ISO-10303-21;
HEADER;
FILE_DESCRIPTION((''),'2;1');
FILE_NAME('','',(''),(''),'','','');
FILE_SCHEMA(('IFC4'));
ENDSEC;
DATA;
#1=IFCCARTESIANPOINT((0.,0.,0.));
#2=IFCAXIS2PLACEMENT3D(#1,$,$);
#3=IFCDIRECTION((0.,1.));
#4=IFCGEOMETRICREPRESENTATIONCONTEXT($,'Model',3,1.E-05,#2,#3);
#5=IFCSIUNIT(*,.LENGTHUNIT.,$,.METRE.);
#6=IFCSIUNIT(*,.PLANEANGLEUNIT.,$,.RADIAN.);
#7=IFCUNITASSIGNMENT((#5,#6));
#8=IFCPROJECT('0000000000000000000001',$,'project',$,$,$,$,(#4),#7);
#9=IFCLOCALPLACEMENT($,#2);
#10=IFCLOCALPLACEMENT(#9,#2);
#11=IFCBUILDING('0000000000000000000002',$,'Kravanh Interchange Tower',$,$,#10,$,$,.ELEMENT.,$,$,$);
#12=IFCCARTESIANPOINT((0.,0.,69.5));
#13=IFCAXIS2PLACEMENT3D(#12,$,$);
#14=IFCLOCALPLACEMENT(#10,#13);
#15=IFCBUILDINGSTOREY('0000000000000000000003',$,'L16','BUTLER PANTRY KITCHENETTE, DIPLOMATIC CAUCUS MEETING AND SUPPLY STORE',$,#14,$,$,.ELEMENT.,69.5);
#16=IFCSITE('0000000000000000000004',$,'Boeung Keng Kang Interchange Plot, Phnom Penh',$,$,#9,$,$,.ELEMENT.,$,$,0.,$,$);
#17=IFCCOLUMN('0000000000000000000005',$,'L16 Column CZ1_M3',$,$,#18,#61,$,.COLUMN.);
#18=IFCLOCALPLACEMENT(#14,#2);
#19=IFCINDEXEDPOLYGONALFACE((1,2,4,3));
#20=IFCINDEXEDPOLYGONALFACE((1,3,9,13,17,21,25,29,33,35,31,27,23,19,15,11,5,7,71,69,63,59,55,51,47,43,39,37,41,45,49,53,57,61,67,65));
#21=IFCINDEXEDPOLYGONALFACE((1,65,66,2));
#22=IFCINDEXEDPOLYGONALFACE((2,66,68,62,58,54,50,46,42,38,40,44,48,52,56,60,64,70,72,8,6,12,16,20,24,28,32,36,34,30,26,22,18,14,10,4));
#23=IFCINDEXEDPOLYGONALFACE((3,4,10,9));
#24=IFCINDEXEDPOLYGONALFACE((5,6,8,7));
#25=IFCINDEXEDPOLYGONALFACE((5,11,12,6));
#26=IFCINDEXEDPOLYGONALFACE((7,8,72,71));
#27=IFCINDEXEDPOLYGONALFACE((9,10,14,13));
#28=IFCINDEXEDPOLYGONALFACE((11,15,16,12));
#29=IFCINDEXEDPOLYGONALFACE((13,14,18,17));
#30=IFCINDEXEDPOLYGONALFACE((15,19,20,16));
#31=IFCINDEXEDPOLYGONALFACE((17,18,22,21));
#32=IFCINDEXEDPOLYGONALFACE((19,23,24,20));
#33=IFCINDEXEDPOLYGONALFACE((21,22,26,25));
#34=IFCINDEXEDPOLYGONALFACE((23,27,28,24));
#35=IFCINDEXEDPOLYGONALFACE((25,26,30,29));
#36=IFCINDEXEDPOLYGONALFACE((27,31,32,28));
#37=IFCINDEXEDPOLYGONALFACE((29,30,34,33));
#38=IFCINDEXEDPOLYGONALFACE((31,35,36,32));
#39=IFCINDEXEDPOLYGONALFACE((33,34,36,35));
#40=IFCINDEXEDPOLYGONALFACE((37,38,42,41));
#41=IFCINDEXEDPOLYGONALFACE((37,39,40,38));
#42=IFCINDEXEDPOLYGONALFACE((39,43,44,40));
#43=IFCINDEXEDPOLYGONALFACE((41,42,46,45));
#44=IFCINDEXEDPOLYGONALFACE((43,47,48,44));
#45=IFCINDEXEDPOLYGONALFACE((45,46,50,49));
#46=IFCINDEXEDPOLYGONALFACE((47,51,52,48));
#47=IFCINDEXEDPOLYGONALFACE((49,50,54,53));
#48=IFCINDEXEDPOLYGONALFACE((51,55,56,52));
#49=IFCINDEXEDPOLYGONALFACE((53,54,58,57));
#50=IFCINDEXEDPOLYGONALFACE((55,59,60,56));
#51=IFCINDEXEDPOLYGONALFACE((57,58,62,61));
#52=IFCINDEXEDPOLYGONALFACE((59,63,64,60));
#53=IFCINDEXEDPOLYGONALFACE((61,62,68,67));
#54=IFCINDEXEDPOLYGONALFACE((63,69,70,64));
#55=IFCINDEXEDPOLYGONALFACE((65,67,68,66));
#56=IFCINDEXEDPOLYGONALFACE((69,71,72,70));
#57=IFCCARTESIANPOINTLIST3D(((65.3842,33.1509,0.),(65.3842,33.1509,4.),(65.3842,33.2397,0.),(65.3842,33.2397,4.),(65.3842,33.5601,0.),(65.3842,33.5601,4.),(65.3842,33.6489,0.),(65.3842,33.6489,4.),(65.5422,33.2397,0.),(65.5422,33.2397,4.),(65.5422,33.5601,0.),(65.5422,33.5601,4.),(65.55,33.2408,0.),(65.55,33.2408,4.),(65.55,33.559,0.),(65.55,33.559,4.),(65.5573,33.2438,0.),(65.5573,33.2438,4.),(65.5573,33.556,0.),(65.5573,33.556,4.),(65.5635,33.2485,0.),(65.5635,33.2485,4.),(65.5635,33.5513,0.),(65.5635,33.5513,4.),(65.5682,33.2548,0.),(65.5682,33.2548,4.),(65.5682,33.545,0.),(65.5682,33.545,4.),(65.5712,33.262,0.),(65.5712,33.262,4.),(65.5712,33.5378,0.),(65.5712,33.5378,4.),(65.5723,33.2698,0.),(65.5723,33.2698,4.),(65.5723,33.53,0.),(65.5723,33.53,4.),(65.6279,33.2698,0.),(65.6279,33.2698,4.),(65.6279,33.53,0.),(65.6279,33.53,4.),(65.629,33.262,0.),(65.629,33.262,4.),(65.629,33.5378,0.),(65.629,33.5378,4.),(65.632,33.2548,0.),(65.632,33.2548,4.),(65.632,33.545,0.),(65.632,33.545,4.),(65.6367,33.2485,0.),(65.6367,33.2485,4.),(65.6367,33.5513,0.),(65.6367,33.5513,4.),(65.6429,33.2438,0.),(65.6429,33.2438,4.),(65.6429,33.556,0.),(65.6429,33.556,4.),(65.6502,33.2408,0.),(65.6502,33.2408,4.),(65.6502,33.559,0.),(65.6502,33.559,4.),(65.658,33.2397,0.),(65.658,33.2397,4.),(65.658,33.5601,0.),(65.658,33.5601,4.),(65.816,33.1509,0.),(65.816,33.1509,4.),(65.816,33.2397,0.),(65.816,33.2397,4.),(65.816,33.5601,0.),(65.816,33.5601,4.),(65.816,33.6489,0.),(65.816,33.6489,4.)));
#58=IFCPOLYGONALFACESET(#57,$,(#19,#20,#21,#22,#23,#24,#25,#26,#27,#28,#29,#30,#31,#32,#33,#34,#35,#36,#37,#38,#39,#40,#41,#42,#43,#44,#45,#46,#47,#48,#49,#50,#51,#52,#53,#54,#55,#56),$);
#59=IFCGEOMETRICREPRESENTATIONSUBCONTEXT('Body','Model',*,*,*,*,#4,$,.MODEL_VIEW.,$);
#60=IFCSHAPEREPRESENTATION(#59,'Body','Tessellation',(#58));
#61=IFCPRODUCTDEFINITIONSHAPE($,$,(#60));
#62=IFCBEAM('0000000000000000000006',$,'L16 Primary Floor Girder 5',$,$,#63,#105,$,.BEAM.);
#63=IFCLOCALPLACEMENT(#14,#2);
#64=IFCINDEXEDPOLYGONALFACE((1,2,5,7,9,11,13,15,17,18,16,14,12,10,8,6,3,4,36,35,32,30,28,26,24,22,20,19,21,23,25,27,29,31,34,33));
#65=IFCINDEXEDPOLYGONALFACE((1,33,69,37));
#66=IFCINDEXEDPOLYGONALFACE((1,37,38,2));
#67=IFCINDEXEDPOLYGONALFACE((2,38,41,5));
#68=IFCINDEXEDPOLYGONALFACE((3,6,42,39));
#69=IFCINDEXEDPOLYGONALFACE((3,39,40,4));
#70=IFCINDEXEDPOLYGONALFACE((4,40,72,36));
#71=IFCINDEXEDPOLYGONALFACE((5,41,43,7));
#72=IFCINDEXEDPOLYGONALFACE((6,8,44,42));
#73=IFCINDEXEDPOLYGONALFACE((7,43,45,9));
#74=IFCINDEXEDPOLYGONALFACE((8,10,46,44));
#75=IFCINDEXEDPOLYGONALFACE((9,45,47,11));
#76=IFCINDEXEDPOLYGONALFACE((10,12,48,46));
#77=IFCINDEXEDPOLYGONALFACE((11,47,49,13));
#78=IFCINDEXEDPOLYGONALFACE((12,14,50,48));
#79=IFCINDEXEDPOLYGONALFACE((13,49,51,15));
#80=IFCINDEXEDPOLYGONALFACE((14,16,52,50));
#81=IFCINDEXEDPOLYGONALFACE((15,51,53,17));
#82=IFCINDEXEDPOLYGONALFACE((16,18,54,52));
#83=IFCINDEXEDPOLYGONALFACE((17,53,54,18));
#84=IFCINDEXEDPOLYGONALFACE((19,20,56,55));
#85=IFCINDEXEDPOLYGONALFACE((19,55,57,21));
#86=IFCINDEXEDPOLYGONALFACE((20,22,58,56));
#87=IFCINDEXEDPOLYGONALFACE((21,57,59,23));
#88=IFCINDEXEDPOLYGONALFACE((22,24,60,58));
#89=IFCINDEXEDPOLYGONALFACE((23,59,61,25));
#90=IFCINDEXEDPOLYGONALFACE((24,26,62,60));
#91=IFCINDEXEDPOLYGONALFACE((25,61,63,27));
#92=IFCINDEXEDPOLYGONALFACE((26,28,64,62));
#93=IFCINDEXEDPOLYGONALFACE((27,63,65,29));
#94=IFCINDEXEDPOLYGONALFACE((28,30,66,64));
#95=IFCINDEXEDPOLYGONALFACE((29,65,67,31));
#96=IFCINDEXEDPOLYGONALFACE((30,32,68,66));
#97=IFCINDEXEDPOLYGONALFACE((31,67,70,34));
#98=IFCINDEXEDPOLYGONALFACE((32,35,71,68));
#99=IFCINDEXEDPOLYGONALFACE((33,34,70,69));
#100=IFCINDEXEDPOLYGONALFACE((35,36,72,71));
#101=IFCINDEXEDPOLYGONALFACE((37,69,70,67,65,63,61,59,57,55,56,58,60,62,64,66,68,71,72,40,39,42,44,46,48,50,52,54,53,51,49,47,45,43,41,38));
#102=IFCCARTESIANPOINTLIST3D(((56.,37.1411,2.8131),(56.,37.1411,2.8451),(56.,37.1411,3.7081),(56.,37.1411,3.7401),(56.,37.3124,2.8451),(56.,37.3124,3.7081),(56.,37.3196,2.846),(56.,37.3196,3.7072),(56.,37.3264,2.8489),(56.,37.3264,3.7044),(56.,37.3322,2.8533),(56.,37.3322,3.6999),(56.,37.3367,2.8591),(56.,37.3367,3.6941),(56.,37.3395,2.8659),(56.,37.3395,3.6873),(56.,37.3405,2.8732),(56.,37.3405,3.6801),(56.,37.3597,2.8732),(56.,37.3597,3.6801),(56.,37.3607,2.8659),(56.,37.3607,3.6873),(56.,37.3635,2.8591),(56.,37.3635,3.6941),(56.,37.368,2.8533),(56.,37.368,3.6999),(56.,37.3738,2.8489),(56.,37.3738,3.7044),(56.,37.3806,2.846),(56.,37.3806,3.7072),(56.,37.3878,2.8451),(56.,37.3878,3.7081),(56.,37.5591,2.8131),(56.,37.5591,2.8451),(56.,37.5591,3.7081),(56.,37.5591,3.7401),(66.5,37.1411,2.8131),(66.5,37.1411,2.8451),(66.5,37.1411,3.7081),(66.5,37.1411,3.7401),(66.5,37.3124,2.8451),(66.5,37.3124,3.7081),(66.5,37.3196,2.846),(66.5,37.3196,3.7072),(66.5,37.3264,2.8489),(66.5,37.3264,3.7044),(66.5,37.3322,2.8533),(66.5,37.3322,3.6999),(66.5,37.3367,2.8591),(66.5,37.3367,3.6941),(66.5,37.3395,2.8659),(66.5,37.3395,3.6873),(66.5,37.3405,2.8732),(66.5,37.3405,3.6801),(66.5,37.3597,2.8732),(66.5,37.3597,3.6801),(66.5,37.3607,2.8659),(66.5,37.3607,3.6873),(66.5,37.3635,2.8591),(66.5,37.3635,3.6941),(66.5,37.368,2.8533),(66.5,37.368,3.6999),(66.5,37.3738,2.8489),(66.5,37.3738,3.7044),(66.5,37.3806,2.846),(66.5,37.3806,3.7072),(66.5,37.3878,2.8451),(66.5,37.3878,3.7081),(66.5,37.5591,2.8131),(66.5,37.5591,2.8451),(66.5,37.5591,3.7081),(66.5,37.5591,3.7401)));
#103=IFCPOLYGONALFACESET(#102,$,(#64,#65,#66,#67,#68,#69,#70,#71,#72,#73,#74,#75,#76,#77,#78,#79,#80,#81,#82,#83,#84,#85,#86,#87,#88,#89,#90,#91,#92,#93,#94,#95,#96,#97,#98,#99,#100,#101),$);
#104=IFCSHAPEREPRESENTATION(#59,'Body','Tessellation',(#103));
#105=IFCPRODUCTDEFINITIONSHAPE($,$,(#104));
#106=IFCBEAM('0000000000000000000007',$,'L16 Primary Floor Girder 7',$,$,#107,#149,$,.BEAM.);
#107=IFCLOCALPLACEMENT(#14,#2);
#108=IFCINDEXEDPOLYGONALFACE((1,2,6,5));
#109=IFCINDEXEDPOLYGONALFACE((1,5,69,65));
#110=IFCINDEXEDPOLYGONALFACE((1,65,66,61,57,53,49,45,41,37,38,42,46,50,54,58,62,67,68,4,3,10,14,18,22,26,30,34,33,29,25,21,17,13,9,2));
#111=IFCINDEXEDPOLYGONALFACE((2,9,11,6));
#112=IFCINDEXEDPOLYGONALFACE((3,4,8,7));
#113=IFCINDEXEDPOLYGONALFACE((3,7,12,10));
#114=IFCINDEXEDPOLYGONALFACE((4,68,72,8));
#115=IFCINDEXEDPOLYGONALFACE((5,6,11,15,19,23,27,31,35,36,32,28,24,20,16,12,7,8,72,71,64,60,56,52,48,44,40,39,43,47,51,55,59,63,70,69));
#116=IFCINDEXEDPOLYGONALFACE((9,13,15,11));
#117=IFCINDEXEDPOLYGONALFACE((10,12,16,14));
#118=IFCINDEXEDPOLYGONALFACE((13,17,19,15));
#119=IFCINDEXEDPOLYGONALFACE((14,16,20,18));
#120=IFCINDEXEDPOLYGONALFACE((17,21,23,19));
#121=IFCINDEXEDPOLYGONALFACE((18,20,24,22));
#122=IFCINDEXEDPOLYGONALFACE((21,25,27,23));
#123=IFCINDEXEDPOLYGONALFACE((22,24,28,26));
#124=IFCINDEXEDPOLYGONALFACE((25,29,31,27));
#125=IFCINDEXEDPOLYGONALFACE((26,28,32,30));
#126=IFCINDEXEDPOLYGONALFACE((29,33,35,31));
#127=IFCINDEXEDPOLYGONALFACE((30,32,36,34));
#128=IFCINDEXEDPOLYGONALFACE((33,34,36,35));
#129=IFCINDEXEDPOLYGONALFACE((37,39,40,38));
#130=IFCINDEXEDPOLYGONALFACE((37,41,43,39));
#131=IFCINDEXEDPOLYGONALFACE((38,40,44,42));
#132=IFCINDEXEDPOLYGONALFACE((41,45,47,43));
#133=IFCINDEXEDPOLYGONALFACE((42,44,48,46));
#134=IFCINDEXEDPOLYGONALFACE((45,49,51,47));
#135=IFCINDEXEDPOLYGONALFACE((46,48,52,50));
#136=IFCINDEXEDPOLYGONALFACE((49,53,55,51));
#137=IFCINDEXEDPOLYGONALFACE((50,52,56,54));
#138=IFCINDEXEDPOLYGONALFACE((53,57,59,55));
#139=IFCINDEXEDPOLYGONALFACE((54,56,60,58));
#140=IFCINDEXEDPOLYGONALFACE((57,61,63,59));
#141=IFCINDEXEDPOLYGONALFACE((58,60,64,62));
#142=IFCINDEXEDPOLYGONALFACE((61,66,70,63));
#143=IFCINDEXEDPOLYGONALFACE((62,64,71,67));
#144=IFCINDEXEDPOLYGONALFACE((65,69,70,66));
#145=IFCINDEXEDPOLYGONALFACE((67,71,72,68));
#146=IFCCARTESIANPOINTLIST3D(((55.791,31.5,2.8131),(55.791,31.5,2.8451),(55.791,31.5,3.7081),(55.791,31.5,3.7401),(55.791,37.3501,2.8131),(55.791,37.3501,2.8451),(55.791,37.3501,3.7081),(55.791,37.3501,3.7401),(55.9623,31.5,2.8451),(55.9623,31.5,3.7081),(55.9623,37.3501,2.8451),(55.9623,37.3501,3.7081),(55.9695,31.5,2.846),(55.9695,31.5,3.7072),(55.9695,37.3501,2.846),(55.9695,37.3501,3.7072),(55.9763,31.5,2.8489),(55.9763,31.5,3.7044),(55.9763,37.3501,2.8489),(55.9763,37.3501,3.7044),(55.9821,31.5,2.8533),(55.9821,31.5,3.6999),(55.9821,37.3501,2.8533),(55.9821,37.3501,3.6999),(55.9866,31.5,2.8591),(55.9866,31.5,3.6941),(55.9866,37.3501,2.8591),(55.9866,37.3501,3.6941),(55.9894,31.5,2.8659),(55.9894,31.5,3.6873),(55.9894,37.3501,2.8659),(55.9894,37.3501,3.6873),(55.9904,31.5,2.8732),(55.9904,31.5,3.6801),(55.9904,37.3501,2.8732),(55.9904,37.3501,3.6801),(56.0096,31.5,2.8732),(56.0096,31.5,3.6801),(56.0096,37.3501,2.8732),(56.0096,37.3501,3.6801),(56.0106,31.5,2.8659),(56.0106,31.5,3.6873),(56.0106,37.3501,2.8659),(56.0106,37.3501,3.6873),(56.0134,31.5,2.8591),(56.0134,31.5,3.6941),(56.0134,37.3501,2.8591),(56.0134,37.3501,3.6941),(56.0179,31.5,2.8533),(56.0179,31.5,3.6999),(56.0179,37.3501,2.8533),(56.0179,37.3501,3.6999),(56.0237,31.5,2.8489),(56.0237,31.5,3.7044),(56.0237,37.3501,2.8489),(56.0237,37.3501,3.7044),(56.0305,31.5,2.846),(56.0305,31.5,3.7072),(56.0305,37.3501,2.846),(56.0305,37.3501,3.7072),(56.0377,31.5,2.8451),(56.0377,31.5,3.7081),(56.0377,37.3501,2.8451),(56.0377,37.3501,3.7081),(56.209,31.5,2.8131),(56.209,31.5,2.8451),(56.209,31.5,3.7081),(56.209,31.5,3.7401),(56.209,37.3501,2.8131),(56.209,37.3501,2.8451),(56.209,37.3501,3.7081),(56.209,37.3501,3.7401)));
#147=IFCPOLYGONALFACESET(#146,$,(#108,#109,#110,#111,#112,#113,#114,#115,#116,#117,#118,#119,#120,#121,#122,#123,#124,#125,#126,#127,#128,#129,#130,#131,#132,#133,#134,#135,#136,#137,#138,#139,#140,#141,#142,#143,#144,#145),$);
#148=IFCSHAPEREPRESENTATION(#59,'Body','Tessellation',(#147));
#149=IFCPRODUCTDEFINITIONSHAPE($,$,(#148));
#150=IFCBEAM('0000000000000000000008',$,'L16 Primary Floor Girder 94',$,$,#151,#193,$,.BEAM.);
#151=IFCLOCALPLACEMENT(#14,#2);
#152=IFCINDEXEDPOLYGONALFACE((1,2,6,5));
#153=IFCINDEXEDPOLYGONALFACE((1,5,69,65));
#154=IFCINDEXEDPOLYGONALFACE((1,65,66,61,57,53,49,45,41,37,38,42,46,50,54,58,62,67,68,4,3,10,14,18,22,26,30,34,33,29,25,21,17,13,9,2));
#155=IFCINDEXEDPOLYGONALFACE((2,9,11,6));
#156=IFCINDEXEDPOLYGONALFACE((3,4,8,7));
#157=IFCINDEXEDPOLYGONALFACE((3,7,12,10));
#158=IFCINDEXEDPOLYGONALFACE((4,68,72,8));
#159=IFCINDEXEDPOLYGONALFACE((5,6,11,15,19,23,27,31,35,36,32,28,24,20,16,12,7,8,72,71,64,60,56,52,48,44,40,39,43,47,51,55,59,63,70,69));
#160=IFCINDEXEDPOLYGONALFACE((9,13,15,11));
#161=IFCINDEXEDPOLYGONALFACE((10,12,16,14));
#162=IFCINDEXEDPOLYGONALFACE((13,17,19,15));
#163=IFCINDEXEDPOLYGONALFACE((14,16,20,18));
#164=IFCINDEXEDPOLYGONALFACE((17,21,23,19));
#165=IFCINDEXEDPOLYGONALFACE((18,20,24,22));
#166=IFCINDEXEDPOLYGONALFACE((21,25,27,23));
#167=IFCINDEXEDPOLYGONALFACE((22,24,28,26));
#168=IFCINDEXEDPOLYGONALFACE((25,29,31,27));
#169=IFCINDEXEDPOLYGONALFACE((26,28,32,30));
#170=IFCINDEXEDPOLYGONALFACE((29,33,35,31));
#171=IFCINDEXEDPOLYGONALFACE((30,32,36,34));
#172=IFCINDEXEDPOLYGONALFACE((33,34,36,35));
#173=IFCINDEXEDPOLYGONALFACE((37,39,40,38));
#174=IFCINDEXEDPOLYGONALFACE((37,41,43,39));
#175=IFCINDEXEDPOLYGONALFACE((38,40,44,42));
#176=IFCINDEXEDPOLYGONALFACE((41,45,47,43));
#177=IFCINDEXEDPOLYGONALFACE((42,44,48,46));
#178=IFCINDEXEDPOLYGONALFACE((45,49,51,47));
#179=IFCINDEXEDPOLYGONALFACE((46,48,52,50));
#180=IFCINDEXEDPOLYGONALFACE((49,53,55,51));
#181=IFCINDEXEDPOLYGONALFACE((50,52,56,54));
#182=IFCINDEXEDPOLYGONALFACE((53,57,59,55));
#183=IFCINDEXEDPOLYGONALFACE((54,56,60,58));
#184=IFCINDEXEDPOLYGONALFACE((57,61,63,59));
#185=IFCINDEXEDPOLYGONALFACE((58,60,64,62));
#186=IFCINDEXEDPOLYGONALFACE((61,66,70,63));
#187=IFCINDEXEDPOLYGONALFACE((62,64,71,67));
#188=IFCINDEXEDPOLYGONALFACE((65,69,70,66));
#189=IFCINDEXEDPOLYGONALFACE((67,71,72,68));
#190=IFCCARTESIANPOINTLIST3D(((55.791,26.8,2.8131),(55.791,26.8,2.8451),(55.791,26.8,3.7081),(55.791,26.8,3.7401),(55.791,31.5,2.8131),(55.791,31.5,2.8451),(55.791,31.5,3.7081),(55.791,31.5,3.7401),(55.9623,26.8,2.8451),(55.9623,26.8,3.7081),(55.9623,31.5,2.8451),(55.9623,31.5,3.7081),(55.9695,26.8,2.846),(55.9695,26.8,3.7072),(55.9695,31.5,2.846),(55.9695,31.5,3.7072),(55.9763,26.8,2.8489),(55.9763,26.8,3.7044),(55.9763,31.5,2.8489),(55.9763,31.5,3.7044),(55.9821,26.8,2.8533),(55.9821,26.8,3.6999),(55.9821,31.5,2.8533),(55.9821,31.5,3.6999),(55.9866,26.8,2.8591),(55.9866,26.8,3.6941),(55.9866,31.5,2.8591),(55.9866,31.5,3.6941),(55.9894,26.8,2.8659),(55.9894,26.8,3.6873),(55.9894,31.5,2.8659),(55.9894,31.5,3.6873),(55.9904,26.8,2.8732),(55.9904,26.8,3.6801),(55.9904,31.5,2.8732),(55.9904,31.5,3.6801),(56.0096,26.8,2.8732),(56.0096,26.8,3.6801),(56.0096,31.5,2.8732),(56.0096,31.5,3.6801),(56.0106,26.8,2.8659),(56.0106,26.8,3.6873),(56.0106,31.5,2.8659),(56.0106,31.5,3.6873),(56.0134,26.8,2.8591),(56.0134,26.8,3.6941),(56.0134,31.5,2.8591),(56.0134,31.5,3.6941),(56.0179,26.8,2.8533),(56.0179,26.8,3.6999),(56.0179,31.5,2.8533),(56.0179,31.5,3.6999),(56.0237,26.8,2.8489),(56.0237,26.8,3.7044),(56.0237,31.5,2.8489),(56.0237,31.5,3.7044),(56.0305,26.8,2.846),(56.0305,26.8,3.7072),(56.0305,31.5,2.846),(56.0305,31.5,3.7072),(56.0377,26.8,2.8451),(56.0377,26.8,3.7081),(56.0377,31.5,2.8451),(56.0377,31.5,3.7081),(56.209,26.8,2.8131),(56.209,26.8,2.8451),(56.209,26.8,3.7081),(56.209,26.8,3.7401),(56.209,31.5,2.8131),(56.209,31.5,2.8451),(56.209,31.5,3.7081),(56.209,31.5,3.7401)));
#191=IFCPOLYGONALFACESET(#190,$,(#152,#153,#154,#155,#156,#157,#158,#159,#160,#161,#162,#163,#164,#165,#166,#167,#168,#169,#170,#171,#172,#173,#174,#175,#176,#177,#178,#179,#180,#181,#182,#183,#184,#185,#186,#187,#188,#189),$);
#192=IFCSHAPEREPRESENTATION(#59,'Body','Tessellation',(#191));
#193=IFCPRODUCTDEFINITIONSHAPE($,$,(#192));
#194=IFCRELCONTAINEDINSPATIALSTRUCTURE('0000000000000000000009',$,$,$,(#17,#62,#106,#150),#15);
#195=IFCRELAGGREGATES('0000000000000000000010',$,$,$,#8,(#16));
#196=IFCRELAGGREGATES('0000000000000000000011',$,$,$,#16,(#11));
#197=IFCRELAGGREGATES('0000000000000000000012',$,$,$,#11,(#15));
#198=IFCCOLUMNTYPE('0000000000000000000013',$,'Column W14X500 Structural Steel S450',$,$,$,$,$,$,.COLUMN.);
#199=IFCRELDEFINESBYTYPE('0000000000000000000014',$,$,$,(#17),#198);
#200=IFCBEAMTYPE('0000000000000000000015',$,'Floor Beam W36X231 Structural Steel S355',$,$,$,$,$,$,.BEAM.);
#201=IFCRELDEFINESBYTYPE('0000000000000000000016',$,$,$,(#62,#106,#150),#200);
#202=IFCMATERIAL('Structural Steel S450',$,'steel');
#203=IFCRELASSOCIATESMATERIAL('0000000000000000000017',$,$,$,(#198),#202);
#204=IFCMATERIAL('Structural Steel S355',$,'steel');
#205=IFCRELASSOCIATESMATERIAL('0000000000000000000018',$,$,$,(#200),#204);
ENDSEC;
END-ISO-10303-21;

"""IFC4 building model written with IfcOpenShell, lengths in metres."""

from ifc_helpers import new_model, si_unit, direction, frame, origin, origin_2d, place, context, subcontext, project, spatial, i_section, extrude, material, material_profile, profile_set, type_object, element, save


model = new_model("IFC4")

# Units and contexts
model_context = context("Model", 3, precision=1e-05, world=origin(), true_north=direction((0.0, 1.0)))
body_context = subcontext(model_context, "Body", "Model", "MODEL_VIEW")
ifc_project = project(units=[si_unit("LENGTHUNIT", "METRE"), si_unit("PLANEANGLEUNIT", "RADIAN")], contexts=[model_context])

# Site, building, storey
site_placement = place(None, origin())
site = spatial("IfcSite", under=ifc_project, at=site_placement, Name="Boeung Keng Kang Interchange Plot, Phnom Penh", CompositionType="ELEMENT", RefElevation=0.0)
building_placement = place(site_placement, origin())
building = spatial("IfcBuilding", under=site, at=building_placement, Name="Kravanh Interchange Tower", CompositionType="ELEMENT")
storey_placement = place(building_placement, frame((0.0, 0.0, 69.5)))
storey = spatial("IfcBuildingStorey", under=building, at=storey_placement, Name="L16", Description="BUTLER PANTRY KITCHENETTE, DIPLOMATIC CAUCUS MEETING AND SUPPLY STORE", CompositionType="ELEMENT", Elevation=69.5)

# Column
ifc_material_1 = material(Name="Structural Steel S450", Category="steel")
ifc_material_profile_1 = material_profile(ifc_material_1, i_section(OverallWidth=0.4319, OverallDepth=0.498, WebThickness=0.0557, FlangeThickness=0.0889, FilletRadius=0.03, at=origin_2d()), Name="W14X500")
ifc_profile_set_1 = profile_set([ifc_material_profile_1], Name="Structural Steel S450")
column_type_1 = type_object("IfcColumnType", Name="Column W14X500 Structural Steel S450", PredefinedType="COLUMN", material=ifc_profile_set_1)
for number, where, z_axis, x_axis, name in (
    (1, (65.6001, 33.3999, 0.0), (0.0, 0.0, 1.0), (1.0, 0.0, 0.0), "L16 Column CZ1_M3"),
):
    element("IfcColumn", number, at=place(storey_placement, frame(where, z_axis=z_axis, x_axis=x_axis)), inside=storey, type_object=column_type_1, Name=name, PredefinedType="COLUMN", context=body_context, shape_type="SweptSolid", body=[
        extrude(i_section(OverallWidth=0.4319, OverallDepth=0.498, WebThickness=0.0557, FlangeThickness=0.0889, FilletRadius=0.03, at=origin_2d()), origin(), (0.0, 0.0, 1.0), 4.0),
    ])

# Beams
ifc_material_2 = material(Name="Structural Steel S355", Category="steel")
ifc_material_profile_2 = material_profile(ifc_material_2, i_section(OverallWidth=0.418, OverallDepth=0.927, WebThickness=0.0193, FlangeThickness=0.032, FilletRadius=0.0281, at=origin_2d()), Name="W36X231")
ifc_profile_set_2 = profile_set([ifc_material_profile_2], Name="Structural Steel S355")
beam_type_1 = type_object("IfcBeamType", Name="Floor Beam W36X231 Structural Steel S355", PredefinedType="BEAM", material=ifc_profile_set_2)
beam_1_placement = place(storey_placement, frame((66.5, 37.3501, 3.2766), z_axis=(-1.0, 0.0, 0.0), x_axis=(0.0, -1.0, 0.0)))
element("IfcBeam", 2, at=beam_1_placement, inside=storey, type_object=beam_type_1, Name="L16 Primary Floor Girder 5", PredefinedType="BEAM", context=body_context, shape_type="SweptSolid", body=[
    extrude(i_section(OverallWidth=0.418, OverallDepth=0.927, WebThickness=0.0193, FlangeThickness=0.032, FilletRadius=0.0281, at=origin_2d()), origin(), (0.0, 0.0, 1.0), 10.5),
])
beam_2_placement = place(storey_placement, frame((56.0, 37.3501, 3.2766), z_axis=(0.0, -1.0, 0.0), x_axis=(1.0, 0.0, 0.0)))
element("IfcBeam", 3, at=beam_2_placement, inside=storey, type_object=beam_type_1, Name="L16 Primary Floor Girder 7", PredefinedType="BEAM", context=body_context, shape_type="SweptSolid", body=[
    extrude(i_section(OverallWidth=0.418, OverallDepth=0.927, WebThickness=0.0193, FlangeThickness=0.032, FilletRadius=0.0281, at=origin_2d()), origin(), (0.0, 0.0, 1.0), 5.8501),
])
beam_3_placement = place(storey_placement, frame((56.0, 26.8, 3.2766), z_axis=(0.0, 1.0, 0.0), x_axis=(-1.0, 0.0, 0.0)))
element("IfcBeam", 4, at=beam_3_placement, inside=storey, type_object=beam_type_1, Name="L16 Primary Floor Girder 94", PredefinedType="BEAM", context=body_context, shape_type="SweptSolid", body=[
    extrude(i_section(OverallWidth=0.418, OverallDepth=0.927, WebThickness=0.0193, FlangeThickness=0.032, FilletRadius=0.0281, at=origin_2d()), origin(), (0.0, 0.0, 1.0), 4.7),
])

save(model, "model.ifc")
